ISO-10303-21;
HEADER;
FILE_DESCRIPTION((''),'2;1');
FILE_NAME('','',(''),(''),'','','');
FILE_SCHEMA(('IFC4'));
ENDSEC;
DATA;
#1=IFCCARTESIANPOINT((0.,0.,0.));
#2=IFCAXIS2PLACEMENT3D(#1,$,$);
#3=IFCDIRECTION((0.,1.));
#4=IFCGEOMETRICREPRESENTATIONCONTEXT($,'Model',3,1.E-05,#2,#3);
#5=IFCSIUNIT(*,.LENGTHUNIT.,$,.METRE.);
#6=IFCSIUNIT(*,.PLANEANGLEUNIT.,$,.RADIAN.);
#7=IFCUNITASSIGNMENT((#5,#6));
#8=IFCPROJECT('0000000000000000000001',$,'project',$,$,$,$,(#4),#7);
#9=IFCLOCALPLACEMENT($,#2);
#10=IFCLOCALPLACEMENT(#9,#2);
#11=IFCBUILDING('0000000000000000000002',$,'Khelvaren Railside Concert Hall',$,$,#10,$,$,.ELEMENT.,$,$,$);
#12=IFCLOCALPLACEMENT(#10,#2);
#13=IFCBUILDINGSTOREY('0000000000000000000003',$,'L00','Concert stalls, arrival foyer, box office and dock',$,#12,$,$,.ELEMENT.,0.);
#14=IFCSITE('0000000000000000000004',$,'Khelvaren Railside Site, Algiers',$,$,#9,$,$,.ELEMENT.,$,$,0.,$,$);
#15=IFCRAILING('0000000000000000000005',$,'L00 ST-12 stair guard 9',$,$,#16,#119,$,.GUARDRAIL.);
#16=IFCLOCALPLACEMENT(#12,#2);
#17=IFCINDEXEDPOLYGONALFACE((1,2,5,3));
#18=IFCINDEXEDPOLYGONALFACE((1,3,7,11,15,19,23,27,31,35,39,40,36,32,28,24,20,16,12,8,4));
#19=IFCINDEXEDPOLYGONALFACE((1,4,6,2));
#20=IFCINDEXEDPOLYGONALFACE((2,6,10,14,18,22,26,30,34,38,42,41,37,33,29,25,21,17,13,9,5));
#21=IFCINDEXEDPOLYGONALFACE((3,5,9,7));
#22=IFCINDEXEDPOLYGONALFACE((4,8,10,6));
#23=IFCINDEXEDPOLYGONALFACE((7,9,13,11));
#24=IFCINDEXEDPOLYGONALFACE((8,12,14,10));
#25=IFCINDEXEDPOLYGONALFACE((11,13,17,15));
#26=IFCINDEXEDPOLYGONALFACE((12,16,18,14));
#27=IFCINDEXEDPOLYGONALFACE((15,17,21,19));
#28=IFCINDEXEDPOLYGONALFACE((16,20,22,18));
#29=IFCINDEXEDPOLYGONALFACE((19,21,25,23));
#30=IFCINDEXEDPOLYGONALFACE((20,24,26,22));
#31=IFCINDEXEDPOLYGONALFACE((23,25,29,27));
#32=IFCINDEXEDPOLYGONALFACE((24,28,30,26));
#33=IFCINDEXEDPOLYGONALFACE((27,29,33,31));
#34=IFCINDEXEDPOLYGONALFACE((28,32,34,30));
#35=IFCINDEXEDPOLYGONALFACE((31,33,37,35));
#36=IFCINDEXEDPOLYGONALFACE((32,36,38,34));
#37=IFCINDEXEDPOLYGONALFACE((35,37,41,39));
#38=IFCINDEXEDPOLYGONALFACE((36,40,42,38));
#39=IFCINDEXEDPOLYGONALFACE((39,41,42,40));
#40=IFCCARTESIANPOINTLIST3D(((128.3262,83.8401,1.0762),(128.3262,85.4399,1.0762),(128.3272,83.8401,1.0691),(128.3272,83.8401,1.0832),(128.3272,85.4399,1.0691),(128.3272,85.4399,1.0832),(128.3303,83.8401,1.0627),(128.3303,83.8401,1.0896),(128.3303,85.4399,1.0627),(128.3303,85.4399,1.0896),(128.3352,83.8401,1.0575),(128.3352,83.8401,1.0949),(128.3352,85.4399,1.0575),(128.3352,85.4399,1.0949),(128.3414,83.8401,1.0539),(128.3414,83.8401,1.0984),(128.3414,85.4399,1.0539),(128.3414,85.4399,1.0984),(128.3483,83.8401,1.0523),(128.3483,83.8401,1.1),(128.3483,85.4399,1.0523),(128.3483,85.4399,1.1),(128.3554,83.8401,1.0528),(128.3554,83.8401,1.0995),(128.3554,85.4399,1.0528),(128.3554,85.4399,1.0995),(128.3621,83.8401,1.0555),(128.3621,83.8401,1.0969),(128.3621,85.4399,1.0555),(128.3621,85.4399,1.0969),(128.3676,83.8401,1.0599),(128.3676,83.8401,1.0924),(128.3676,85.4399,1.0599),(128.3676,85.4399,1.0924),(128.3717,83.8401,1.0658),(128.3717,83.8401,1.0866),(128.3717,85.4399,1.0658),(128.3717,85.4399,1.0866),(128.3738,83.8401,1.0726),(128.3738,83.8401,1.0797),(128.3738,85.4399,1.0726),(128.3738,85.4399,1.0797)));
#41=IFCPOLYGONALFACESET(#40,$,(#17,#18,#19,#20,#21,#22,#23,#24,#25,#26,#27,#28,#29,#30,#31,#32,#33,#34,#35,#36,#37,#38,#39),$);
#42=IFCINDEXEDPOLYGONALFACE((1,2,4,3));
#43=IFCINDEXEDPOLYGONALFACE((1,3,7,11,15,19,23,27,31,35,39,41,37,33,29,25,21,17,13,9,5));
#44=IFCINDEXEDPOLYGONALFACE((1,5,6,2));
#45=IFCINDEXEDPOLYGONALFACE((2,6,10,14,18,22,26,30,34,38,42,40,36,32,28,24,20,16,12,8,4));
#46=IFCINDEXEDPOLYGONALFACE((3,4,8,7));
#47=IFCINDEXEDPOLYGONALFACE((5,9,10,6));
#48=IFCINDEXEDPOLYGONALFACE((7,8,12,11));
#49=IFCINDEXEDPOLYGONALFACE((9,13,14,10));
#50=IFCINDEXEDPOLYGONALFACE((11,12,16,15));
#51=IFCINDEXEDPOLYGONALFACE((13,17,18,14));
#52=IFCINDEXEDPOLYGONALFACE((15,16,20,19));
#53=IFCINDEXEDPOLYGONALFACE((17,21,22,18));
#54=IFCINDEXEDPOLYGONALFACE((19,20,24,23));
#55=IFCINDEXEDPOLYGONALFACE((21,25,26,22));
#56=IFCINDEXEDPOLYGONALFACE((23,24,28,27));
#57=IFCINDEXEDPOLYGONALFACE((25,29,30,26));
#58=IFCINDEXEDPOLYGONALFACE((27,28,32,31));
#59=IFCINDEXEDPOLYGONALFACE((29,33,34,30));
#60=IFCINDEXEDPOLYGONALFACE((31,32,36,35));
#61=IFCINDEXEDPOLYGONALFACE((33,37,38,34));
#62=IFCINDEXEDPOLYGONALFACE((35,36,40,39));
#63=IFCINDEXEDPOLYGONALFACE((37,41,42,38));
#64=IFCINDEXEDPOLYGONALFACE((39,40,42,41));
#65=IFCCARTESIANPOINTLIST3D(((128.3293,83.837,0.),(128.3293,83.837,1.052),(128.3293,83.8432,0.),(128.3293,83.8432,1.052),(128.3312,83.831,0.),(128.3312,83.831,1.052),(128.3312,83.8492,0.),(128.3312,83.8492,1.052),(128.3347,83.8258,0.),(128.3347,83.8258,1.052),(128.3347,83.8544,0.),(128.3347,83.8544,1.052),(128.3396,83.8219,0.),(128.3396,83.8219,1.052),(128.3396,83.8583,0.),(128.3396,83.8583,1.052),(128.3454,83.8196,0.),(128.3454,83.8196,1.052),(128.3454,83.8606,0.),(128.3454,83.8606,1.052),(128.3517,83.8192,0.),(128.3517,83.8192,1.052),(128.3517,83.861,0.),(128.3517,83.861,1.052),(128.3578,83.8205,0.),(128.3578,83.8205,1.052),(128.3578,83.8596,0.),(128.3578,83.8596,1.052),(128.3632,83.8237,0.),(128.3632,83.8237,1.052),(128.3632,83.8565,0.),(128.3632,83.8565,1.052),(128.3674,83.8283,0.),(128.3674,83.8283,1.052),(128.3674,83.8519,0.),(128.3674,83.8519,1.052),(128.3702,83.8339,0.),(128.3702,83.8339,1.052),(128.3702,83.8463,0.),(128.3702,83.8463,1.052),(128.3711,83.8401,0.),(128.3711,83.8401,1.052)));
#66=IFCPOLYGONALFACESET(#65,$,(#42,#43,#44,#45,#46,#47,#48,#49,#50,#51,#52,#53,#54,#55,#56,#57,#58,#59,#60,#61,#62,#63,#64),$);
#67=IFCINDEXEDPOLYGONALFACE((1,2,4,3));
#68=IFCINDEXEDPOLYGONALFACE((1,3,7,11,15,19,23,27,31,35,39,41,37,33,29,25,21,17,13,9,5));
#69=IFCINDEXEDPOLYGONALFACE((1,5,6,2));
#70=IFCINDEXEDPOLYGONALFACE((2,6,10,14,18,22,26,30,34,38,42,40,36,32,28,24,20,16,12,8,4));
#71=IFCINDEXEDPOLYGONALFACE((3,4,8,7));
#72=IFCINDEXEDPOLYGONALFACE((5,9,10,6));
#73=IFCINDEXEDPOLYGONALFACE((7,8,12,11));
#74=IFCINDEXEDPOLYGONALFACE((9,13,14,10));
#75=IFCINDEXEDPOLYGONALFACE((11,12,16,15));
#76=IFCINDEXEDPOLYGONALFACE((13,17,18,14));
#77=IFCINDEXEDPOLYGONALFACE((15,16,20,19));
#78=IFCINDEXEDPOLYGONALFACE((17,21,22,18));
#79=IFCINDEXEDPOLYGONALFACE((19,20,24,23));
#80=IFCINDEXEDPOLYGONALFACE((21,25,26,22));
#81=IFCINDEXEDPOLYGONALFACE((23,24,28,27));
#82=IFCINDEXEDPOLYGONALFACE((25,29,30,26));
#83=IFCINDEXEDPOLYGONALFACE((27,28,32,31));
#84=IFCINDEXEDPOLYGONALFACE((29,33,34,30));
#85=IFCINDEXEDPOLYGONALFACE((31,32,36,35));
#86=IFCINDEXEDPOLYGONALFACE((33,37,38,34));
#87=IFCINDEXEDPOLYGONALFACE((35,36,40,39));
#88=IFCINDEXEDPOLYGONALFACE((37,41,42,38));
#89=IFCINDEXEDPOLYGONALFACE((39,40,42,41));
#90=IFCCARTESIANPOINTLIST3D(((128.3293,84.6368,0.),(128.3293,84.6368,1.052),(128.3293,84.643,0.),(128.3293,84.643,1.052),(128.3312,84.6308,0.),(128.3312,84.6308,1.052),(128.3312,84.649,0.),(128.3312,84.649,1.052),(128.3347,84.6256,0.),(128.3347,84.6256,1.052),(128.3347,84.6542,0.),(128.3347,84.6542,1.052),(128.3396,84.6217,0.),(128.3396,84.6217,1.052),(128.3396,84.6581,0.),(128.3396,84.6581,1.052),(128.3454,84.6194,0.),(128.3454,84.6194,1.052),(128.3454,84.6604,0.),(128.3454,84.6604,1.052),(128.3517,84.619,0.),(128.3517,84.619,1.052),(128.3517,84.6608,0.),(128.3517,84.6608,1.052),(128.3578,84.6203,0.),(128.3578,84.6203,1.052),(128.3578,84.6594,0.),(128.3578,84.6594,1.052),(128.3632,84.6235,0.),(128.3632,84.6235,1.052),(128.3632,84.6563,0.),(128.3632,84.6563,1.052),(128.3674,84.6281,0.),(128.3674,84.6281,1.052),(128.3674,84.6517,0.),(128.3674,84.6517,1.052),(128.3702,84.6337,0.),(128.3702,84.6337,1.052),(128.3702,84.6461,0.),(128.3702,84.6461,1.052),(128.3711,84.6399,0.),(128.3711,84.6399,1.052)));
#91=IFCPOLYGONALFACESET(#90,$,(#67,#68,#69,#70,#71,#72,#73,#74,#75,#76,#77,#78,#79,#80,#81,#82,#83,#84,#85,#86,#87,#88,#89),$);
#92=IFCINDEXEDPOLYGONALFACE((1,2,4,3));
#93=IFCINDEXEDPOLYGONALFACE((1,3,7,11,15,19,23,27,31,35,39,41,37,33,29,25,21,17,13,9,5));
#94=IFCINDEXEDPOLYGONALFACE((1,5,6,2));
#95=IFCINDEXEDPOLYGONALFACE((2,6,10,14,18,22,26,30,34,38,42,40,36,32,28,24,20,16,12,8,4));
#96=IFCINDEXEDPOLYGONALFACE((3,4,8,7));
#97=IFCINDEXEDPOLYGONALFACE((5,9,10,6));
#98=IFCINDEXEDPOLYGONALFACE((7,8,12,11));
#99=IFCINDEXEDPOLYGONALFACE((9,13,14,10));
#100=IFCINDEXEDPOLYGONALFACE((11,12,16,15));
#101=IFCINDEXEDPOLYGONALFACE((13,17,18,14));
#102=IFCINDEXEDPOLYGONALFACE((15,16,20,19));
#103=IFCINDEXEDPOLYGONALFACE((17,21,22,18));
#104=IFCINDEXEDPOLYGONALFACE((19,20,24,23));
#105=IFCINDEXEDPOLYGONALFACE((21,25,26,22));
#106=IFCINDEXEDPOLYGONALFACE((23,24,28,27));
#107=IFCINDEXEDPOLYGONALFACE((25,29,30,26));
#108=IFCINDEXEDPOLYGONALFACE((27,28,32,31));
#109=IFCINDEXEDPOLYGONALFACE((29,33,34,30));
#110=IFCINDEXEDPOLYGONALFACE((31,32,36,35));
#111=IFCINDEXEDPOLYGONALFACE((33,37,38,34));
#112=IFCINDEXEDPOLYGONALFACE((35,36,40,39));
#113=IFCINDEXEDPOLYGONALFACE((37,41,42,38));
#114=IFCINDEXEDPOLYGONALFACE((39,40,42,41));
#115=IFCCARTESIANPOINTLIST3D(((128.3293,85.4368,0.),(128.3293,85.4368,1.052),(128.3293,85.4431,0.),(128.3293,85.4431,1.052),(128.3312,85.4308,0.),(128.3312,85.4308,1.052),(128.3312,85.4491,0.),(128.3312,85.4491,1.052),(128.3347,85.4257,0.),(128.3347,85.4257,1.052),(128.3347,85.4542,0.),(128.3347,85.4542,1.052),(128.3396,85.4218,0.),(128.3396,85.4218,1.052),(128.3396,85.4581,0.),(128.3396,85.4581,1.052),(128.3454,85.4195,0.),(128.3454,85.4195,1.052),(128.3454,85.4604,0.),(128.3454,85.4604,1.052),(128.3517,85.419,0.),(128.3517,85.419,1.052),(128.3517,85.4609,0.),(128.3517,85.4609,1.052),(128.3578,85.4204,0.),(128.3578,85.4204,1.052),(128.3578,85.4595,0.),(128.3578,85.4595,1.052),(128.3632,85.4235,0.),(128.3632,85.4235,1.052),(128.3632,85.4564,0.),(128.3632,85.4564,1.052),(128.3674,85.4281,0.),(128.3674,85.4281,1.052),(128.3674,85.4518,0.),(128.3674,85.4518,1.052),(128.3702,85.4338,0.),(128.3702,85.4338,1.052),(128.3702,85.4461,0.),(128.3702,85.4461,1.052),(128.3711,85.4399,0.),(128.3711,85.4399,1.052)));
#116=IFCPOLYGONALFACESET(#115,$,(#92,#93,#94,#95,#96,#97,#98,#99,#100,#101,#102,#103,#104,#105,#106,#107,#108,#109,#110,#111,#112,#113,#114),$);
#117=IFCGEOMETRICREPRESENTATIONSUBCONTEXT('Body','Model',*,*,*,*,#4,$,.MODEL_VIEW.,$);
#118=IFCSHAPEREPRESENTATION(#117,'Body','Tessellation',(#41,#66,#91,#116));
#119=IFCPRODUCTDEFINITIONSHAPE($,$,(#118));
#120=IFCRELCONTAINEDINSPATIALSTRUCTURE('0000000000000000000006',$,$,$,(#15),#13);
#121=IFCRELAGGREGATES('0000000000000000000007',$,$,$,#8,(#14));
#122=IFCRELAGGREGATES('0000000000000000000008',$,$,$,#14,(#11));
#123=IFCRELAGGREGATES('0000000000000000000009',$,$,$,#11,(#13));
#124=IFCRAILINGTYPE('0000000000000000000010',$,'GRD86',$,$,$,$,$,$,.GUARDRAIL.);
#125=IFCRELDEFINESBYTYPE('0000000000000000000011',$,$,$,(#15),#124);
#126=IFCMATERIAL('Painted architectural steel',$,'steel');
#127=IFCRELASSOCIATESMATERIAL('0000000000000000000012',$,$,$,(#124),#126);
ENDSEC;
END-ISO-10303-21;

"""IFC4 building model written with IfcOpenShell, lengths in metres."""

from ifc_helpers import new_model, si_unit, direction, frame, origin, origin_2d, place, context, subcontext, project, spatial, circle, extrude, material, type_object, element, save


model = new_model("IFC4")

# Units and contexts
model_context = context("Model", 3, precision=1e-05, world=origin(), true_north=direction((0.0, 1.0)))
body_context = subcontext(model_context, "Body", "Model", "MODEL_VIEW")
ifc_project = project(units=[si_unit("LENGTHUNIT", "METRE"), si_unit("PLANEANGLEUNIT", "RADIAN")], contexts=[model_context])

# Site, building, storey
site_placement = place(None, origin())
site = spatial("IfcSite", under=ifc_project, at=site_placement, Name="Khelvaren Railside Site, Algiers", CompositionType="ELEMENT", RefElevation=0.0)
building_placement = place(site_placement, origin())
building = spatial("IfcBuilding", under=site, at=building_placement, Name="Khelvaren Railside Concert Hall", CompositionType="ELEMENT")
storey_placement = place(building_placement, origin())
storey = spatial("IfcBuildingStorey", under=building, at=storey_placement, Name="L00", Description="Concert stalls, arrival foyer, box office and dock", CompositionType="ELEMENT", Elevation=0.0)

# Railing
ifc_material_1 = material(Name="Painted architectural steel", Category="steel")
railing_type_1 = type_object("IfcRailingType", Name="GRD86", PredefinedType="GUARDRAIL", material=ifc_material_1)
railing_1_placement = place(storey_placement, frame((128.3501, 83.8401, 0.0)))
element("IfcRailing", 1, at=railing_1_placement, inside=storey, type_object=railing_type_1, Name="L00 ST-12 stair guard 9", PredefinedType="GUARDRAIL", context=body_context, shape_type="SweptSolid", body=[
    extrude(circle(Radius=0.0239, at=origin_2d()), frame((0.0, 0.0, 1.0762), z_axis=(0.0, 1.0, 0.0), x_axis=(-1.0, 0.0, 0.0)), (0.0, 0.0, 1.0), 1.5999),
    extrude(circle(Radius=0.021, at=origin_2d()), origin(), (0.0, 0.0, 1.0), 1.052),
    extrude(circle(Radius=0.021, at=origin_2d()), frame((0.0, 0.7998, 0.0)), (0.0, 0.0, 1.0), 1.052),
    extrude(circle(Radius=0.021, at=origin_2d()), frame((0.0, 1.5999, 0.0)), (0.0, 0.0, 1.0), 1.052),
])

save(model, "model.ifc")
